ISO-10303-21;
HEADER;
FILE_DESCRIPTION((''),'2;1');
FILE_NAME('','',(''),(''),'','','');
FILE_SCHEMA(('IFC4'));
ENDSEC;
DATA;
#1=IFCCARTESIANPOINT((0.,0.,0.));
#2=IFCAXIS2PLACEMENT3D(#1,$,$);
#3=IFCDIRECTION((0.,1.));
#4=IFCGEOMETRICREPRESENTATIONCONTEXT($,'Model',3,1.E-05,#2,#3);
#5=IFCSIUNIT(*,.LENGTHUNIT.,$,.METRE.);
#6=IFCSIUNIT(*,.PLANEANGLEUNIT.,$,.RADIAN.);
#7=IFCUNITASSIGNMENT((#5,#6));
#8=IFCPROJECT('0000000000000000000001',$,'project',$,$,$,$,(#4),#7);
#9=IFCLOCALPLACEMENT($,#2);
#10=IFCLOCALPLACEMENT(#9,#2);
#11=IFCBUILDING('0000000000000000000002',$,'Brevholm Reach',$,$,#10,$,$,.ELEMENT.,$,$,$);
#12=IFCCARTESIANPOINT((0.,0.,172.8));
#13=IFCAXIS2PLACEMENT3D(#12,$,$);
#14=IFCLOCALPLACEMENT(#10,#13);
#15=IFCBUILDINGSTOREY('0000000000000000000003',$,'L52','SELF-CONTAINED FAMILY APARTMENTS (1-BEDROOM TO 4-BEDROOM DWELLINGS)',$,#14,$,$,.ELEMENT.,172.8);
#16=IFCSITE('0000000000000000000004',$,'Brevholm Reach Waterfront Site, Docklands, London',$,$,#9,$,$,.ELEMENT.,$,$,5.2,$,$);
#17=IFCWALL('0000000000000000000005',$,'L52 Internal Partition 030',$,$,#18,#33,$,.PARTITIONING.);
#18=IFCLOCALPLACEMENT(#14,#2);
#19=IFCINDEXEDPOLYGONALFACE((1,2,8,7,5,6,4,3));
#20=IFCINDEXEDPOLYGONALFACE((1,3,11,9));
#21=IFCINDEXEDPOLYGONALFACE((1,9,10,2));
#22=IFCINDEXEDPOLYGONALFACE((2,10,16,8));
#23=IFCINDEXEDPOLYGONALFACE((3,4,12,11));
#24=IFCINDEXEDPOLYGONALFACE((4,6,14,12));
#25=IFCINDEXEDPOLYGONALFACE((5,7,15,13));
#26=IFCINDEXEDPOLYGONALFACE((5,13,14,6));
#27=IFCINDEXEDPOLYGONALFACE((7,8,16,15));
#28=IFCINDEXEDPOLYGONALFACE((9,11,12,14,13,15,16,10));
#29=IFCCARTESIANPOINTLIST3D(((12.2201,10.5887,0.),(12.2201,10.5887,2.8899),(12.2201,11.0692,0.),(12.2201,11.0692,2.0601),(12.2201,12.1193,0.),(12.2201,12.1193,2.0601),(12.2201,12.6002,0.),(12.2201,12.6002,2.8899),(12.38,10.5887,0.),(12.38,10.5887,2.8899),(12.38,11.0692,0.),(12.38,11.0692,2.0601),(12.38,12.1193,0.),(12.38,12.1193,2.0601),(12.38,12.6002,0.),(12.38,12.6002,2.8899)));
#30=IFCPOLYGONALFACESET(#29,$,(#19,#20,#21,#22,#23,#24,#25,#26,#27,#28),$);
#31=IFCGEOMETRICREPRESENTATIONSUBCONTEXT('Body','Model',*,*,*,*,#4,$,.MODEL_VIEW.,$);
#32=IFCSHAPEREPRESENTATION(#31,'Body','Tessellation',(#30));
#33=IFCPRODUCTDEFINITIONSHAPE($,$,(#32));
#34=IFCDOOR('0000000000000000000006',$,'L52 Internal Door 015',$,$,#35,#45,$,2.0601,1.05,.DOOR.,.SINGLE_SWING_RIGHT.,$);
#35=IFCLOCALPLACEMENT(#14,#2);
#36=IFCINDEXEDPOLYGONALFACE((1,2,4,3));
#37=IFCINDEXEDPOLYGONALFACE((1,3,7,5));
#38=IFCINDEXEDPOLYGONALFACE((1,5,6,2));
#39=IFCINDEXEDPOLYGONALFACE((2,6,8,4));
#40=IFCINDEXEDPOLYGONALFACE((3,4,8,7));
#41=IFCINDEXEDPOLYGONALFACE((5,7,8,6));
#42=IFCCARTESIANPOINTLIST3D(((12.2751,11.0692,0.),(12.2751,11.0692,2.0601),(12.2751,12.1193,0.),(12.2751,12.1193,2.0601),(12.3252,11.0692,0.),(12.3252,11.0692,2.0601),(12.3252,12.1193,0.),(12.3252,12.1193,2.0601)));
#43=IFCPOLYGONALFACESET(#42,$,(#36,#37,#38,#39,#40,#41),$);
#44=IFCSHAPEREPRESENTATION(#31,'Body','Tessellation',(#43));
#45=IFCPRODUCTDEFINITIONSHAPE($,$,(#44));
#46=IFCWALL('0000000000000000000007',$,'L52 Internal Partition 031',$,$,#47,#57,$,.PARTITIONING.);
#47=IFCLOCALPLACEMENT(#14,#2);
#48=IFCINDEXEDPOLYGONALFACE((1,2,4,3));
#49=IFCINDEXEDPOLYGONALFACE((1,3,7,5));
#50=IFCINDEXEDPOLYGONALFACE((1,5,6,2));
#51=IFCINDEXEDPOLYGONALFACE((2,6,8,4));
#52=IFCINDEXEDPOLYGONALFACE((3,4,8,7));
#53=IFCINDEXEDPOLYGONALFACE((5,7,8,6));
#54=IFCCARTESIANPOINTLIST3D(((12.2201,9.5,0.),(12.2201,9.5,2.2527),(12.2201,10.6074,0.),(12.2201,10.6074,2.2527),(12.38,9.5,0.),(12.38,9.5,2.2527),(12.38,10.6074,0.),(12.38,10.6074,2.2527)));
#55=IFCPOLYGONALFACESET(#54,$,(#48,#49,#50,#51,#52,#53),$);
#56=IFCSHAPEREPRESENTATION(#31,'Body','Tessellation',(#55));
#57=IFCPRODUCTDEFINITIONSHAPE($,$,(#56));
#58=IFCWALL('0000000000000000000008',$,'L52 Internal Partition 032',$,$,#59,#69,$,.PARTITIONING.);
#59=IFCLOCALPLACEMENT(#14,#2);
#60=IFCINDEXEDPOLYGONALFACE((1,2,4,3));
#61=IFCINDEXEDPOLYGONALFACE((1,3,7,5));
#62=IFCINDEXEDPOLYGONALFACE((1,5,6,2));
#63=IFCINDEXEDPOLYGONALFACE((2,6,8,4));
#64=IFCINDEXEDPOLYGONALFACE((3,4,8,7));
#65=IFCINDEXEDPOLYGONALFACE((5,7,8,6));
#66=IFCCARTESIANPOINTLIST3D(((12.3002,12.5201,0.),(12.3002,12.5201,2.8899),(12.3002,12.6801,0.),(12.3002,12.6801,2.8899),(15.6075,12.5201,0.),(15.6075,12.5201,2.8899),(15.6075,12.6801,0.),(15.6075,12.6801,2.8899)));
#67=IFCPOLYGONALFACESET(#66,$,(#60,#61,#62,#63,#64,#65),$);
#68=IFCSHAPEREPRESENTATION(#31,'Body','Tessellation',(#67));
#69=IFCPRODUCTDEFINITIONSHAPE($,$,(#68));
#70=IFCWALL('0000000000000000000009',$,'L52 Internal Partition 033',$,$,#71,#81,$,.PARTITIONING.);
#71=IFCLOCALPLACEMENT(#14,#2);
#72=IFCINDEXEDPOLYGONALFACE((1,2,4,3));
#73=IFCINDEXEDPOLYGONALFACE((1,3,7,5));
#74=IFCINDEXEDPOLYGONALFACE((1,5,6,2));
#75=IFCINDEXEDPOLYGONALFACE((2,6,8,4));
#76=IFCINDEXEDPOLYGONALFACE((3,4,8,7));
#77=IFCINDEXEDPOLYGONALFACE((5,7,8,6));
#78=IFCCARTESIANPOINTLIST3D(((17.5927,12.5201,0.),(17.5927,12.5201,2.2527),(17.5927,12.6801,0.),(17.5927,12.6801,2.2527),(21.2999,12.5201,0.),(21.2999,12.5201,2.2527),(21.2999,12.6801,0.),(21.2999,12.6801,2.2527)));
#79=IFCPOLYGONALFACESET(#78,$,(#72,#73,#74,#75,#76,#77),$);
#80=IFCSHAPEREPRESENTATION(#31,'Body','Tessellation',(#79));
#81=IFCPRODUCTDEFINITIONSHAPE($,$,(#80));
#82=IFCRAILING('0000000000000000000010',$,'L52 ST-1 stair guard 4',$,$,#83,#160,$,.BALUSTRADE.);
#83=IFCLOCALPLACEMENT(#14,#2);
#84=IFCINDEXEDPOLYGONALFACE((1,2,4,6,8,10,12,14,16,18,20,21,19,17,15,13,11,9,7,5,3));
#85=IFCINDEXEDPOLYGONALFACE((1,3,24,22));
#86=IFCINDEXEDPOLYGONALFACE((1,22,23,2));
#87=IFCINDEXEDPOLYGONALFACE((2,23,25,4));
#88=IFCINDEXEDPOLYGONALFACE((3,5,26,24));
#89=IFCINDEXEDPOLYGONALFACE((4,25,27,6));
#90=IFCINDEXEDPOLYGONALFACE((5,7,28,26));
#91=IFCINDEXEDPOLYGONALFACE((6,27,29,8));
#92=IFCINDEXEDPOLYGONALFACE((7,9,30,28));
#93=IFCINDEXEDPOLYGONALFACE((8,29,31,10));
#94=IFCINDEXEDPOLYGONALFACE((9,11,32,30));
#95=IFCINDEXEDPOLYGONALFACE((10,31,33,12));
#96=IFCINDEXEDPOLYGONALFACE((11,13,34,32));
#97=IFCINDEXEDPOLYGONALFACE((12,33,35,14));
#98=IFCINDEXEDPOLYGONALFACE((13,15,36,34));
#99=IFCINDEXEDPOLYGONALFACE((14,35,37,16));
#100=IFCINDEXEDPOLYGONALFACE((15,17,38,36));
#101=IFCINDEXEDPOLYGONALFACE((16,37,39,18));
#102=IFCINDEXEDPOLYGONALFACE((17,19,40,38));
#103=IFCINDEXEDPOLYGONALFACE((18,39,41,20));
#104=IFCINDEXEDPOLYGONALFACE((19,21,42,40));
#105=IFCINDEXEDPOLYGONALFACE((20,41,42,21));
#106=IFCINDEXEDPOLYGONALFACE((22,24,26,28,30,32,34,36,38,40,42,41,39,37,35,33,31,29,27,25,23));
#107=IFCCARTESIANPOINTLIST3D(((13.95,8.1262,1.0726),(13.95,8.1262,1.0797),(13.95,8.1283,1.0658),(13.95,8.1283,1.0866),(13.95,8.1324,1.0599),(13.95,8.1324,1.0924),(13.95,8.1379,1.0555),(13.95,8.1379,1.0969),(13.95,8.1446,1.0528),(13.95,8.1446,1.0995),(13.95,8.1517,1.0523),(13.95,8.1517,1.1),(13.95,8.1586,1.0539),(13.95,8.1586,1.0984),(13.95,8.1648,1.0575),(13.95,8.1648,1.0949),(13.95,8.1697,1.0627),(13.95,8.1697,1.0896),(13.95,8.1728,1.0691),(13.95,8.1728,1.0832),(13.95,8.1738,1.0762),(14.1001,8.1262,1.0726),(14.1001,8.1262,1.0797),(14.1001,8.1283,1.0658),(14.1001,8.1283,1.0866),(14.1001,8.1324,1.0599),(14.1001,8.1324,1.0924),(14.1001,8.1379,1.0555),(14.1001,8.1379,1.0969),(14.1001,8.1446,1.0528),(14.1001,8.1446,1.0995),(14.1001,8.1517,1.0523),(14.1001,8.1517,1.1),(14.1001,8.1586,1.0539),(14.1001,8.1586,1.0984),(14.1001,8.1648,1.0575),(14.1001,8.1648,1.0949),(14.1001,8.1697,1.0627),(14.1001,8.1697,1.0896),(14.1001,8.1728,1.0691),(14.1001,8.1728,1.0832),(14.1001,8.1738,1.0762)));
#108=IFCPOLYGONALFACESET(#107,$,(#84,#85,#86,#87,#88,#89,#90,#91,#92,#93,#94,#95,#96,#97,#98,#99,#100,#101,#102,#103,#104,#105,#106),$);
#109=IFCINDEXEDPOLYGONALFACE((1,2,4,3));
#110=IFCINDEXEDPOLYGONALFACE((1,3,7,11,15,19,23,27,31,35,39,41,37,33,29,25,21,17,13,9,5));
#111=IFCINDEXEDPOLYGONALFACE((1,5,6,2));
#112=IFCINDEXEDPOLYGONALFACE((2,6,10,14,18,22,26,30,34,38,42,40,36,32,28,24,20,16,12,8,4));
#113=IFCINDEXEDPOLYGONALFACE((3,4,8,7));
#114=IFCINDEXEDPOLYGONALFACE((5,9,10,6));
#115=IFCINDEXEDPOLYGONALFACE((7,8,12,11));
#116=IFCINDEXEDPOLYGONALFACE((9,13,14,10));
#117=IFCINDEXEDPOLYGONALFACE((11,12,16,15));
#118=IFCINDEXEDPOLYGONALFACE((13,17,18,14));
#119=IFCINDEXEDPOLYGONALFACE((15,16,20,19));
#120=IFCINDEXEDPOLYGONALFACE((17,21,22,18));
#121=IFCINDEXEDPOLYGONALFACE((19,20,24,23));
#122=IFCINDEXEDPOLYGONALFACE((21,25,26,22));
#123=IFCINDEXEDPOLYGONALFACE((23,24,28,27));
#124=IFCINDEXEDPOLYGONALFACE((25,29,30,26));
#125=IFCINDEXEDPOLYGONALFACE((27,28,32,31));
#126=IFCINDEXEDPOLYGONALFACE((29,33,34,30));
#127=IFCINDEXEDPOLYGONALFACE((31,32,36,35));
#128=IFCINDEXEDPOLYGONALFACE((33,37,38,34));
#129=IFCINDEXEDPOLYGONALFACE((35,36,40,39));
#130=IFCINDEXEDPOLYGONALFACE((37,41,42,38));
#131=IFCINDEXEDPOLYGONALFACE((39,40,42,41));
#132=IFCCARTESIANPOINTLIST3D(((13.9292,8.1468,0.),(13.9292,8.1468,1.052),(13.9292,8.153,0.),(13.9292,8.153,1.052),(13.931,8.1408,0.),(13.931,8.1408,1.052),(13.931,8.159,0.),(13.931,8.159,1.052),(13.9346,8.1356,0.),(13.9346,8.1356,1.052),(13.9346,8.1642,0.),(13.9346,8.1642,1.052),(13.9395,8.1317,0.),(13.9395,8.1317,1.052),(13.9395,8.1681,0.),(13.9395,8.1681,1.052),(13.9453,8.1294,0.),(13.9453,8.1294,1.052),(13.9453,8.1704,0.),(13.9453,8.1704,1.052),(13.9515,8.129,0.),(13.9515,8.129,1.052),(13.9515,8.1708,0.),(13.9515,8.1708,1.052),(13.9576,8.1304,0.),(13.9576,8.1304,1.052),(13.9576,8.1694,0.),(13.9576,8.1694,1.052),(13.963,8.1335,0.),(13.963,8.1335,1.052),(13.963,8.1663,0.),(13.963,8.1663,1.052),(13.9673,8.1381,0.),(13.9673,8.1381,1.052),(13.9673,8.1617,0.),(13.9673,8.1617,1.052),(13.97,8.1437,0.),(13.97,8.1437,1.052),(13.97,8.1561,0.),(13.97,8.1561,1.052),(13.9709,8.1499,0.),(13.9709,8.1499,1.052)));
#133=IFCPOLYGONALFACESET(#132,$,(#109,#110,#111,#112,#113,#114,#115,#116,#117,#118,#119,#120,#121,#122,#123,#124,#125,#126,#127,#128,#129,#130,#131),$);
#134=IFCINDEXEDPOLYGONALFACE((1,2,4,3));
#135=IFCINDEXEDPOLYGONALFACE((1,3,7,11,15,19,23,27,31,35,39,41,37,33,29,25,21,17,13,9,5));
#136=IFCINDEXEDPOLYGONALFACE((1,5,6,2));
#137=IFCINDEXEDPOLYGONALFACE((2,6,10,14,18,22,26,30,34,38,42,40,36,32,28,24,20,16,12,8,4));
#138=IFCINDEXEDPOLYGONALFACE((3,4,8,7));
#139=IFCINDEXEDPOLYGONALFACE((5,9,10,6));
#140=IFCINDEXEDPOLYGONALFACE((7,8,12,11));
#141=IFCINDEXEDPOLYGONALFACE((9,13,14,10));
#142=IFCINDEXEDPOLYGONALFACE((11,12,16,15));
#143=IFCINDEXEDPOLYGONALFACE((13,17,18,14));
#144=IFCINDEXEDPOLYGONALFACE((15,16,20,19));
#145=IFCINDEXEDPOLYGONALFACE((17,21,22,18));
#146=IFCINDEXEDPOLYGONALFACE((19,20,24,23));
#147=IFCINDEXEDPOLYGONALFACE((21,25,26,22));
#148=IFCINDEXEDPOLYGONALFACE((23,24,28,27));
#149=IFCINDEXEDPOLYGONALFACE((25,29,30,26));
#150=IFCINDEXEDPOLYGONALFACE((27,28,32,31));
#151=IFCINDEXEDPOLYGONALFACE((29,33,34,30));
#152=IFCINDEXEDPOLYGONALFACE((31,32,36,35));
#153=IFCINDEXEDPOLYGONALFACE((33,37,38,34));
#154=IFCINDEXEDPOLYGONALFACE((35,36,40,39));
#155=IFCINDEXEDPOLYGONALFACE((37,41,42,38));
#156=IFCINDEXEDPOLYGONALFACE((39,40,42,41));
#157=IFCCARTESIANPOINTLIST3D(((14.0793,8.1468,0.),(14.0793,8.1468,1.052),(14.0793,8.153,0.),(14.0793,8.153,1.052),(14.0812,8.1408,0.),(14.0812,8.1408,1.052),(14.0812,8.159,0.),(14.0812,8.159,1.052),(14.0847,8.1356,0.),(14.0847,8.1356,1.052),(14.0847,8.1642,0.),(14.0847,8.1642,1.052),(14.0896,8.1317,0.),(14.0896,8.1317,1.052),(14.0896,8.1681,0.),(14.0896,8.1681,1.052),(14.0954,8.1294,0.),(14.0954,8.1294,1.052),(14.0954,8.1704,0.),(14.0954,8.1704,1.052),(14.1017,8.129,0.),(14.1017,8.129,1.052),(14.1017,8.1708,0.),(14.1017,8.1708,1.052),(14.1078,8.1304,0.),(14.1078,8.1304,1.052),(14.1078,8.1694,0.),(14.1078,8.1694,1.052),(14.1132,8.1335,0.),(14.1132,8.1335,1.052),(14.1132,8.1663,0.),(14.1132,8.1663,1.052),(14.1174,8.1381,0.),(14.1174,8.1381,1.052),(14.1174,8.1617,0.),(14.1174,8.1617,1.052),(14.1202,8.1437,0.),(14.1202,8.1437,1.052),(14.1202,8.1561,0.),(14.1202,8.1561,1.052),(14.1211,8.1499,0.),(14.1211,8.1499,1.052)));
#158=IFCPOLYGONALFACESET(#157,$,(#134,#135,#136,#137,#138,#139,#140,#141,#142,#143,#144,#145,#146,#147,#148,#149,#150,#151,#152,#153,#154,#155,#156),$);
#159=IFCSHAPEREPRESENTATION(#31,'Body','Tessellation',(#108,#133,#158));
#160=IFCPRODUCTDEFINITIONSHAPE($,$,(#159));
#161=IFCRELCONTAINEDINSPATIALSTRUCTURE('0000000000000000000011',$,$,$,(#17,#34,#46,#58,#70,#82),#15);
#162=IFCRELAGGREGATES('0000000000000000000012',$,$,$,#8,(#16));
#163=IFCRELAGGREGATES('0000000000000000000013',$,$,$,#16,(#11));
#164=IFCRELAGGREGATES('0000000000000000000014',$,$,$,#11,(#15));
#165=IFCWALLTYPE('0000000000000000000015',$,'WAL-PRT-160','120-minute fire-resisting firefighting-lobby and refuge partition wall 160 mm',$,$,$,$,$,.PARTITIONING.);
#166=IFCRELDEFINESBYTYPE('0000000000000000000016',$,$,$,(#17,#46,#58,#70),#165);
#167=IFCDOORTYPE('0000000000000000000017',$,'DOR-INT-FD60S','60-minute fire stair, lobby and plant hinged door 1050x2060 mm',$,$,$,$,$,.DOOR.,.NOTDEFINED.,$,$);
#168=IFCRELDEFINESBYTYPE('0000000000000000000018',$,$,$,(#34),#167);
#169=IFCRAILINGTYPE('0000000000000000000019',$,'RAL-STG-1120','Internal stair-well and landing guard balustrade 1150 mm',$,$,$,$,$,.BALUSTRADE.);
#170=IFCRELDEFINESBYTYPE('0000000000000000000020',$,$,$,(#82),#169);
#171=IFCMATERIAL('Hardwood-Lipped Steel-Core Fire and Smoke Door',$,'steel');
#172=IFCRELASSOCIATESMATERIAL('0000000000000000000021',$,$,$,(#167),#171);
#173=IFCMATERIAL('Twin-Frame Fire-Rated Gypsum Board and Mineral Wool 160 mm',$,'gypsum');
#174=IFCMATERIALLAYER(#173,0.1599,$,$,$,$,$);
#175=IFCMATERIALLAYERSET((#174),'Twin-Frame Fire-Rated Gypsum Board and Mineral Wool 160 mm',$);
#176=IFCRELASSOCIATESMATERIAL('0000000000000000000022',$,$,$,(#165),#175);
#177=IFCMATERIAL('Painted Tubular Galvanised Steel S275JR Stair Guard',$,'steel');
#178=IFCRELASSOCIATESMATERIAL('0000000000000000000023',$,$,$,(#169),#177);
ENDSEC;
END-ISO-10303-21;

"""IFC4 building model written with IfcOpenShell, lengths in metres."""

from ifc_helpers import new_model, si_unit, direction, frame, frame_2d, origin, origin_2d, place, context, subcontext, project, spatial, rectangle, circle, extrude, material, layer, layer_set, type_object, element, fill, save


model = new_model("IFC4")

# Units and contexts
model_context = context("Model", 3, precision=1e-05, world=origin(), true_north=direction((0.0, 1.0)))
body_context = subcontext(model_context, "Body", "Model", "MODEL_VIEW")
ifc_project = project(units=[si_unit("LENGTHUNIT", "METRE"), si_unit("PLANEANGLEUNIT", "RADIAN")], contexts=[model_context])

# Site, building, storey
site_placement = place(None, origin())
site = spatial("IfcSite", under=ifc_project, at=site_placement, Name="Brevholm Reach Waterfront Site, Docklands, London", CompositionType="ELEMENT", RefElevation=5.2)
building_placement = place(site_placement, origin())
building = spatial("IfcBuilding", under=site, at=building_placement, Name="Brevholm Reach", CompositionType="ELEMENT")
storey_placement = place(building_placement, frame((0.0, 0.0, 172.8)))
storey = spatial("IfcBuildingStorey", under=building, at=storey_placement, Name="L52", Description="SELF-CONTAINED FAMILY APARTMENTS (1-BEDROOM TO 4-BEDROOM DWELLINGS)", CompositionType="ELEMENT", Elevation=172.8)

# Shared definitions
ifc_material_1 = material(Name="Hardwood-Lipped Steel-Core Fire and Smoke Door", Category="steel")
door_type_1 = type_object("IfcDoorType", Name="DOR-INT-FD60S", Description="60-minute fire stair, lobby and plant hinged door 1050x2060 mm", OperationType="NOTDEFINED", PredefinedType="DOOR", material=ifc_material_1)

# Shared definitions
ifc_material_2 = material(Name="Twin-Frame Fire-Rated Gypsum Board and Mineral Wool 160 mm", Category="gypsum")
ifc_layer_1 = layer(ifc_material_2, 0.1599)
ifc_layer_set_1 = layer_set([ifc_layer_1], Name="Twin-Frame Fire-Rated Gypsum Board and Mineral Wool 160 mm")
wall_type_1 = type_object("IfcWallType", Name="WAL-PRT-160", Description="120-minute fire-resisting firefighting-lobby and refuge partition wall 160 mm", PredefinedType="PARTITIONING", material=ifc_layer_set_1)

# Wall, opening, door
wall_1_placement = place(storey_placement, frame((12.3, 10.5886, 0.0), z_axis=(0.0, 0.0, 1.0), x_axis=(0.0, 1.0, 0.0)))
wall_1 = element("IfcWall", 1, at=wall_1_placement, inside=storey, type_object=wall_type_1, Name="L52 Internal Partition 030", PredefinedType="PARTITIONING", context=body_context, shape_type="SweptSolid", body=[
    extrude(rectangle(XDim=2.0115, YDim=0.1599, at=frame_2d((1.0059, 0.0))), origin(), (0.0, 0.0, 1.0), 2.8899),
])
opening_1_placement = place(wall_1_placement, frame((0.4807, 0.0, 0.0)))
opening_1 = element("IfcOpeningElement", 2, at=opening_1_placement, cuts=wall_1, PredefinedType="OPENING", context=body_context, shape_type="SweptSolid", body=[
    extrude(rectangle(XDim=1.05, YDim=2.0601, at=frame_2d((0.5249, 1.03))), frame((0.0, 0.0898, 0.0), z_axis=(0.0, -1.0, 0.0), x_axis=(1.0, 0.0, 0.0)), (0.0, 0.0, 1.0), 0.1799),
])
door_1_placement = place(opening_1_placement, origin())
door_1 = element("IfcDoor", 3, at=door_1_placement, inside=storey, type_object=door_type_1, Name="L52 Internal Door 015", OperationType="SINGLE_SWING_RIGHT", OverallHeight=2.0601, OverallWidth=1.05, PredefinedType="DOOR", context=body_context, shape_type="SweptSolid", body=[
    extrude(rectangle(XDim=1.05, YDim=2.0601, at=frame_2d((0.5249, 1.03))), frame((0.0, 0.0249, 0.0), z_axis=(0.0, -1.0, 0.0), x_axis=(1.0, 0.0, 0.0)), (0.0, 0.0, 1.0), 0.05),
])
fill(opening_1, door_1)

# Walls
wall_2_placement = place(storey_placement, frame((12.3, 9.5, 0.0), z_axis=(0.0, 0.0, 1.0), x_axis=(0.0, 1.0, 0.0)))
element("IfcWall", 4, at=wall_2_placement, inside=storey, type_object=wall_type_1, Name="L52 Internal Partition 031", PredefinedType="PARTITIONING", context=body_context, shape_type="SweptSolid", body=[
    extrude(rectangle(XDim=1.1074, YDim=0.1599, at=frame_2d((0.5537, 0.0))), origin(), (0.0, 0.0, 1.0), 2.2527),
])
wall_3_placement = place(storey_placement, frame((12.3, 12.6001, 0.0), z_axis=(0.0, 0.0, 1.0), x_axis=(1.0, 0.0, 0.0)))
element("IfcWall", 5, at=wall_3_placement, inside=storey, type_object=wall_type_1, Name="L52 Internal Partition 032", PredefinedType="PARTITIONING", context=body_context, shape_type="SweptSolid", body=[
    extrude(rectangle(XDim=3.3074, YDim=0.1599, at=frame_2d((1.6538, 0.0))), origin(), (0.0, 0.0, 1.0), 2.8899),
])
wall_4_placement = place(storey_placement, frame((17.5928, 12.6001, 0.0), z_axis=(0.0, 0.0, 1.0), x_axis=(1.0, 0.0, 0.0)))
element("IfcWall", 6, at=wall_4_placement, inside=storey, type_object=wall_type_1, Name="L52 Internal Partition 033", PredefinedType="PARTITIONING", context=body_context, shape_type="SweptSolid", body=[
    extrude(rectangle(XDim=3.7073, YDim=0.1599, at=frame_2d((1.8535, 0.0))), origin(), (0.0, 0.0, 1.0), 2.2527),
])

# Railing
ifc_material_3 = material(Name="Painted Tubular Galvanised Steel S275JR Stair Guard", Category="steel")
railing_type = type_object("IfcRailingType", Name="RAL-STG-1120", Description="Internal stair-well and landing guard balustrade 1150 mm", PredefinedType="BALUSTRADE", material=ifc_material_3)
railing_placement = place(storey_placement, frame((13.95, 8.1499, 0.0)))
element("IfcRailing", 7, at=railing_placement, inside=storey, type_object=railing_type, Name="L52 ST-1 stair guard 4", PredefinedType="BALUSTRADE", context=body_context, shape_type="SweptSolid", body=[
    extrude(circle(Radius=0.0239, at=origin_2d()), frame((0.0, 0.0, 1.0762), z_axis=(1.0, 0.0, 0.0), x_axis=(0.0, 1.0, 0.0)), (0.0, 0.0, 1.0), 0.1501),
    extrude(circle(Radius=0.021, at=origin_2d()), origin(), (0.0, 0.0, 1.0), 1.052),
    extrude(circle(Radius=0.021, at=origin_2d()), frame((0.1501, 0.0, 0.0)), (0.0, 0.0, 1.0), 1.052),
])

save(model, "model.ifc")
